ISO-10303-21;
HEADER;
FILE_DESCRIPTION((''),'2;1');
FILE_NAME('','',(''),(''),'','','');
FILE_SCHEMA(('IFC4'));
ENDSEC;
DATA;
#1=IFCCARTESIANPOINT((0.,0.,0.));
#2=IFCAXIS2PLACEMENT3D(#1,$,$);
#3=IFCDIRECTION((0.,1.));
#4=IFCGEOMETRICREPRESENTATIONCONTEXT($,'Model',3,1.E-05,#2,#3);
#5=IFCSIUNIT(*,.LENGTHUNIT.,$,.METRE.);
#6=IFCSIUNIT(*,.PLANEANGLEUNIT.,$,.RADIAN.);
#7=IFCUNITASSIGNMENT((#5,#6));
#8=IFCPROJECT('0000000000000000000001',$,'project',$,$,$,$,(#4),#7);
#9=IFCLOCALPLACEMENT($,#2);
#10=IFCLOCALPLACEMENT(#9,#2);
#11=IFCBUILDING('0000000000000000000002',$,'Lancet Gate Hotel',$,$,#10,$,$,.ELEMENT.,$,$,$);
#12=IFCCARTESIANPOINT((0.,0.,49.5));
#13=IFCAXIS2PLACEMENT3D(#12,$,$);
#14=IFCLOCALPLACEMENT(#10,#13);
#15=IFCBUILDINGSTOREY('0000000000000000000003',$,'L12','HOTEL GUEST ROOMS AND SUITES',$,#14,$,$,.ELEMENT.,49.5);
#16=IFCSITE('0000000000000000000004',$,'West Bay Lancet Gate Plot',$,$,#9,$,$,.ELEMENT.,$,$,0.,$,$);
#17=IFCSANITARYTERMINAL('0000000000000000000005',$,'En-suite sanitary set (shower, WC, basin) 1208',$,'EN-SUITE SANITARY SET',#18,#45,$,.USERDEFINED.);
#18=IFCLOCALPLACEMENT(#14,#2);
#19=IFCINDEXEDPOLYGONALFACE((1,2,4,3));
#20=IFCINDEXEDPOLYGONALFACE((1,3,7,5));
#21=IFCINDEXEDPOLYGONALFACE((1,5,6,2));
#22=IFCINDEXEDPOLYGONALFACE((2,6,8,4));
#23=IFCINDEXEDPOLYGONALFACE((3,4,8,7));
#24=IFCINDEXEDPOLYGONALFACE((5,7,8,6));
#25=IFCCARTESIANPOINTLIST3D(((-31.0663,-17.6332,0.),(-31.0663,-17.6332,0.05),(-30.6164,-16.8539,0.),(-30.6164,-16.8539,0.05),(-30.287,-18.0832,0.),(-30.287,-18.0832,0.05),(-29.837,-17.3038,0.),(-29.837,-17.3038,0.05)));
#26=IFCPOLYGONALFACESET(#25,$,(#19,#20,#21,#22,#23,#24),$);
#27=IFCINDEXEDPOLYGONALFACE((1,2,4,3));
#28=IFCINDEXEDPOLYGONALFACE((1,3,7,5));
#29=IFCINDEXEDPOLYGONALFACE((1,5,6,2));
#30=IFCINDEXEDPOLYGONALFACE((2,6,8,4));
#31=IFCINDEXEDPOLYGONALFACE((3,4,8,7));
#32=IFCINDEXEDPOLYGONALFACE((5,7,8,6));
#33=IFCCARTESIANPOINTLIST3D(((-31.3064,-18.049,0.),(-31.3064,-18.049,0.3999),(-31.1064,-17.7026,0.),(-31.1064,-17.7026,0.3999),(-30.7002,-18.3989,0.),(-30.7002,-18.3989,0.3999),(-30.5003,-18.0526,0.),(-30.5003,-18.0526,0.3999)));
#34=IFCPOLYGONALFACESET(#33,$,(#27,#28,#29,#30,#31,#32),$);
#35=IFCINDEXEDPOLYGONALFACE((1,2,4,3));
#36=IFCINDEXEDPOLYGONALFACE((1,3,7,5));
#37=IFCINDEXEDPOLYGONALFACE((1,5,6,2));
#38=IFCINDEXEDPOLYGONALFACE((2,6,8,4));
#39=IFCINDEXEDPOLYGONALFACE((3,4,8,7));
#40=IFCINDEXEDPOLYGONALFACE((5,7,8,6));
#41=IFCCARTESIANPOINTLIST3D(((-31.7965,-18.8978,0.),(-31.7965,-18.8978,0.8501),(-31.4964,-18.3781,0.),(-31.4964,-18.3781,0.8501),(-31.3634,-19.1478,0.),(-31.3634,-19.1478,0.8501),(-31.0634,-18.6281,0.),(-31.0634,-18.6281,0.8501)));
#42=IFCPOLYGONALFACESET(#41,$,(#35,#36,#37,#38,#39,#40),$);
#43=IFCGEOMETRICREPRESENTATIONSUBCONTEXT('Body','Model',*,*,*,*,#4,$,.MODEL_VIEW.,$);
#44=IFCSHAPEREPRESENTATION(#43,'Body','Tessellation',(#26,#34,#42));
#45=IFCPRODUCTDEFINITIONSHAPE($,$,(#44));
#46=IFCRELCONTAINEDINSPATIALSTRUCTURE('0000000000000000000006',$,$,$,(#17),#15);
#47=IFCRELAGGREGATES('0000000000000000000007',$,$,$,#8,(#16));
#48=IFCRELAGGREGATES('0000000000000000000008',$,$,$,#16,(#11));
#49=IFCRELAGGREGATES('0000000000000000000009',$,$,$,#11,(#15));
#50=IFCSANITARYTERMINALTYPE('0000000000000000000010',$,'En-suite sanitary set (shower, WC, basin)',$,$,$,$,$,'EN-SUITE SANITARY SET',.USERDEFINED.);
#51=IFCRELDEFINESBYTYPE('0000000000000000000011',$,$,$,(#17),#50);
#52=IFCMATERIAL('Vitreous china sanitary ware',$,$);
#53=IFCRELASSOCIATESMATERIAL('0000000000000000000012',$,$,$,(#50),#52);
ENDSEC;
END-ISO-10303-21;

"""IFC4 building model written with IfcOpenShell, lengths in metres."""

from ifc_helpers import new_model, si_unit, direction, frame, origin, origin_2d, place, context, subcontext, project, spatial, rectangle, extrude, material, type_object, element, save


model = new_model("IFC4")

# Units and contexts
model_context = context("Model", 3, precision=1e-05, world=origin(), true_north=direction((0.0, 1.0)))
body_context = subcontext(model_context, "Body", "Model", "MODEL_VIEW")
ifc_project = project(units=[si_unit("LENGTHUNIT", "METRE"), si_unit("PLANEANGLEUNIT", "RADIAN")], contexts=[model_context])

# Site, building, storey
site_placement = place(None, origin())
site = spatial("IfcSite", under=ifc_project, at=site_placement, Name="West Bay Lancet Gate Plot", CompositionType="ELEMENT", RefElevation=0.0)
building_placement = place(site_placement, origin())
building = spatial("IfcBuilding", under=site, at=building_placement, Name="Lancet Gate Hotel", CompositionType="ELEMENT")
storey_placement = place(building_placement, frame((0.0, 0.0, 49.5)))
storey = spatial("IfcBuildingStorey", under=building, at=storey_placement, Name="L12", Description="HOTEL GUEST ROOMS AND SUITES", CompositionType="ELEMENT", Elevation=49.5)

# Sanitary terminal
ifc_material_1 = material(Name="Vitreous china sanitary ware")
sanitary_terminal_type = type_object("IfcSanitaryTerminalType", Name="En-suite sanitary set (shower, WC, basin)", ElementType="EN-SUITE SANITARY SET", PredefinedType="USERDEFINED", material=ifc_material_1)
sanitary_terminal_placement = place(storey_placement, frame((-30.4517, -17.4685, 0.0), z_axis=(0.0, 0.0, 1.0), x_axis=(1.0, 0.0, 0.0)))
element("IfcSanitaryTerminal", 1, at=sanitary_terminal_placement, inside=storey, type_object=sanitary_terminal_type, Name="En-suite sanitary set (shower, WC, basin) 1208", ObjectType="EN-SUITE SANITARY SET", PredefinedType="USERDEFINED", context=body_context, shape_type="SweptSolid", body=[
    extrude(rectangle(XDim=0.8999, YDim=0.8999, at=origin_2d()), frame((0.0, 0.0, 0.0), z_axis=(0.0, 0.0, 1.0), x_axis=(0.5, 0.866025, 0.0)), (0.0, 0.0, 1.0), 0.05),
    extrude(rectangle(XDim=0.3999, YDim=0.7, at=origin_2d()), frame((-0.4517, -0.5823, 0.0), z_axis=(0.0, 0.0, 1.0), x_axis=(0.5, 0.866025, 0.0)), (0.0, 0.0, 1.0), 0.3999),
    extrude(rectangle(XDim=0.6001, YDim=0.5, at=origin_2d()), frame((-0.9783, -1.2944, 0.0), z_axis=(0.0, 0.0, 1.0), x_axis=(0.5, 0.866025, 0.0)), (0.0, 0.0, 1.0), 0.8501),
])

save(model, "model.ifc")
